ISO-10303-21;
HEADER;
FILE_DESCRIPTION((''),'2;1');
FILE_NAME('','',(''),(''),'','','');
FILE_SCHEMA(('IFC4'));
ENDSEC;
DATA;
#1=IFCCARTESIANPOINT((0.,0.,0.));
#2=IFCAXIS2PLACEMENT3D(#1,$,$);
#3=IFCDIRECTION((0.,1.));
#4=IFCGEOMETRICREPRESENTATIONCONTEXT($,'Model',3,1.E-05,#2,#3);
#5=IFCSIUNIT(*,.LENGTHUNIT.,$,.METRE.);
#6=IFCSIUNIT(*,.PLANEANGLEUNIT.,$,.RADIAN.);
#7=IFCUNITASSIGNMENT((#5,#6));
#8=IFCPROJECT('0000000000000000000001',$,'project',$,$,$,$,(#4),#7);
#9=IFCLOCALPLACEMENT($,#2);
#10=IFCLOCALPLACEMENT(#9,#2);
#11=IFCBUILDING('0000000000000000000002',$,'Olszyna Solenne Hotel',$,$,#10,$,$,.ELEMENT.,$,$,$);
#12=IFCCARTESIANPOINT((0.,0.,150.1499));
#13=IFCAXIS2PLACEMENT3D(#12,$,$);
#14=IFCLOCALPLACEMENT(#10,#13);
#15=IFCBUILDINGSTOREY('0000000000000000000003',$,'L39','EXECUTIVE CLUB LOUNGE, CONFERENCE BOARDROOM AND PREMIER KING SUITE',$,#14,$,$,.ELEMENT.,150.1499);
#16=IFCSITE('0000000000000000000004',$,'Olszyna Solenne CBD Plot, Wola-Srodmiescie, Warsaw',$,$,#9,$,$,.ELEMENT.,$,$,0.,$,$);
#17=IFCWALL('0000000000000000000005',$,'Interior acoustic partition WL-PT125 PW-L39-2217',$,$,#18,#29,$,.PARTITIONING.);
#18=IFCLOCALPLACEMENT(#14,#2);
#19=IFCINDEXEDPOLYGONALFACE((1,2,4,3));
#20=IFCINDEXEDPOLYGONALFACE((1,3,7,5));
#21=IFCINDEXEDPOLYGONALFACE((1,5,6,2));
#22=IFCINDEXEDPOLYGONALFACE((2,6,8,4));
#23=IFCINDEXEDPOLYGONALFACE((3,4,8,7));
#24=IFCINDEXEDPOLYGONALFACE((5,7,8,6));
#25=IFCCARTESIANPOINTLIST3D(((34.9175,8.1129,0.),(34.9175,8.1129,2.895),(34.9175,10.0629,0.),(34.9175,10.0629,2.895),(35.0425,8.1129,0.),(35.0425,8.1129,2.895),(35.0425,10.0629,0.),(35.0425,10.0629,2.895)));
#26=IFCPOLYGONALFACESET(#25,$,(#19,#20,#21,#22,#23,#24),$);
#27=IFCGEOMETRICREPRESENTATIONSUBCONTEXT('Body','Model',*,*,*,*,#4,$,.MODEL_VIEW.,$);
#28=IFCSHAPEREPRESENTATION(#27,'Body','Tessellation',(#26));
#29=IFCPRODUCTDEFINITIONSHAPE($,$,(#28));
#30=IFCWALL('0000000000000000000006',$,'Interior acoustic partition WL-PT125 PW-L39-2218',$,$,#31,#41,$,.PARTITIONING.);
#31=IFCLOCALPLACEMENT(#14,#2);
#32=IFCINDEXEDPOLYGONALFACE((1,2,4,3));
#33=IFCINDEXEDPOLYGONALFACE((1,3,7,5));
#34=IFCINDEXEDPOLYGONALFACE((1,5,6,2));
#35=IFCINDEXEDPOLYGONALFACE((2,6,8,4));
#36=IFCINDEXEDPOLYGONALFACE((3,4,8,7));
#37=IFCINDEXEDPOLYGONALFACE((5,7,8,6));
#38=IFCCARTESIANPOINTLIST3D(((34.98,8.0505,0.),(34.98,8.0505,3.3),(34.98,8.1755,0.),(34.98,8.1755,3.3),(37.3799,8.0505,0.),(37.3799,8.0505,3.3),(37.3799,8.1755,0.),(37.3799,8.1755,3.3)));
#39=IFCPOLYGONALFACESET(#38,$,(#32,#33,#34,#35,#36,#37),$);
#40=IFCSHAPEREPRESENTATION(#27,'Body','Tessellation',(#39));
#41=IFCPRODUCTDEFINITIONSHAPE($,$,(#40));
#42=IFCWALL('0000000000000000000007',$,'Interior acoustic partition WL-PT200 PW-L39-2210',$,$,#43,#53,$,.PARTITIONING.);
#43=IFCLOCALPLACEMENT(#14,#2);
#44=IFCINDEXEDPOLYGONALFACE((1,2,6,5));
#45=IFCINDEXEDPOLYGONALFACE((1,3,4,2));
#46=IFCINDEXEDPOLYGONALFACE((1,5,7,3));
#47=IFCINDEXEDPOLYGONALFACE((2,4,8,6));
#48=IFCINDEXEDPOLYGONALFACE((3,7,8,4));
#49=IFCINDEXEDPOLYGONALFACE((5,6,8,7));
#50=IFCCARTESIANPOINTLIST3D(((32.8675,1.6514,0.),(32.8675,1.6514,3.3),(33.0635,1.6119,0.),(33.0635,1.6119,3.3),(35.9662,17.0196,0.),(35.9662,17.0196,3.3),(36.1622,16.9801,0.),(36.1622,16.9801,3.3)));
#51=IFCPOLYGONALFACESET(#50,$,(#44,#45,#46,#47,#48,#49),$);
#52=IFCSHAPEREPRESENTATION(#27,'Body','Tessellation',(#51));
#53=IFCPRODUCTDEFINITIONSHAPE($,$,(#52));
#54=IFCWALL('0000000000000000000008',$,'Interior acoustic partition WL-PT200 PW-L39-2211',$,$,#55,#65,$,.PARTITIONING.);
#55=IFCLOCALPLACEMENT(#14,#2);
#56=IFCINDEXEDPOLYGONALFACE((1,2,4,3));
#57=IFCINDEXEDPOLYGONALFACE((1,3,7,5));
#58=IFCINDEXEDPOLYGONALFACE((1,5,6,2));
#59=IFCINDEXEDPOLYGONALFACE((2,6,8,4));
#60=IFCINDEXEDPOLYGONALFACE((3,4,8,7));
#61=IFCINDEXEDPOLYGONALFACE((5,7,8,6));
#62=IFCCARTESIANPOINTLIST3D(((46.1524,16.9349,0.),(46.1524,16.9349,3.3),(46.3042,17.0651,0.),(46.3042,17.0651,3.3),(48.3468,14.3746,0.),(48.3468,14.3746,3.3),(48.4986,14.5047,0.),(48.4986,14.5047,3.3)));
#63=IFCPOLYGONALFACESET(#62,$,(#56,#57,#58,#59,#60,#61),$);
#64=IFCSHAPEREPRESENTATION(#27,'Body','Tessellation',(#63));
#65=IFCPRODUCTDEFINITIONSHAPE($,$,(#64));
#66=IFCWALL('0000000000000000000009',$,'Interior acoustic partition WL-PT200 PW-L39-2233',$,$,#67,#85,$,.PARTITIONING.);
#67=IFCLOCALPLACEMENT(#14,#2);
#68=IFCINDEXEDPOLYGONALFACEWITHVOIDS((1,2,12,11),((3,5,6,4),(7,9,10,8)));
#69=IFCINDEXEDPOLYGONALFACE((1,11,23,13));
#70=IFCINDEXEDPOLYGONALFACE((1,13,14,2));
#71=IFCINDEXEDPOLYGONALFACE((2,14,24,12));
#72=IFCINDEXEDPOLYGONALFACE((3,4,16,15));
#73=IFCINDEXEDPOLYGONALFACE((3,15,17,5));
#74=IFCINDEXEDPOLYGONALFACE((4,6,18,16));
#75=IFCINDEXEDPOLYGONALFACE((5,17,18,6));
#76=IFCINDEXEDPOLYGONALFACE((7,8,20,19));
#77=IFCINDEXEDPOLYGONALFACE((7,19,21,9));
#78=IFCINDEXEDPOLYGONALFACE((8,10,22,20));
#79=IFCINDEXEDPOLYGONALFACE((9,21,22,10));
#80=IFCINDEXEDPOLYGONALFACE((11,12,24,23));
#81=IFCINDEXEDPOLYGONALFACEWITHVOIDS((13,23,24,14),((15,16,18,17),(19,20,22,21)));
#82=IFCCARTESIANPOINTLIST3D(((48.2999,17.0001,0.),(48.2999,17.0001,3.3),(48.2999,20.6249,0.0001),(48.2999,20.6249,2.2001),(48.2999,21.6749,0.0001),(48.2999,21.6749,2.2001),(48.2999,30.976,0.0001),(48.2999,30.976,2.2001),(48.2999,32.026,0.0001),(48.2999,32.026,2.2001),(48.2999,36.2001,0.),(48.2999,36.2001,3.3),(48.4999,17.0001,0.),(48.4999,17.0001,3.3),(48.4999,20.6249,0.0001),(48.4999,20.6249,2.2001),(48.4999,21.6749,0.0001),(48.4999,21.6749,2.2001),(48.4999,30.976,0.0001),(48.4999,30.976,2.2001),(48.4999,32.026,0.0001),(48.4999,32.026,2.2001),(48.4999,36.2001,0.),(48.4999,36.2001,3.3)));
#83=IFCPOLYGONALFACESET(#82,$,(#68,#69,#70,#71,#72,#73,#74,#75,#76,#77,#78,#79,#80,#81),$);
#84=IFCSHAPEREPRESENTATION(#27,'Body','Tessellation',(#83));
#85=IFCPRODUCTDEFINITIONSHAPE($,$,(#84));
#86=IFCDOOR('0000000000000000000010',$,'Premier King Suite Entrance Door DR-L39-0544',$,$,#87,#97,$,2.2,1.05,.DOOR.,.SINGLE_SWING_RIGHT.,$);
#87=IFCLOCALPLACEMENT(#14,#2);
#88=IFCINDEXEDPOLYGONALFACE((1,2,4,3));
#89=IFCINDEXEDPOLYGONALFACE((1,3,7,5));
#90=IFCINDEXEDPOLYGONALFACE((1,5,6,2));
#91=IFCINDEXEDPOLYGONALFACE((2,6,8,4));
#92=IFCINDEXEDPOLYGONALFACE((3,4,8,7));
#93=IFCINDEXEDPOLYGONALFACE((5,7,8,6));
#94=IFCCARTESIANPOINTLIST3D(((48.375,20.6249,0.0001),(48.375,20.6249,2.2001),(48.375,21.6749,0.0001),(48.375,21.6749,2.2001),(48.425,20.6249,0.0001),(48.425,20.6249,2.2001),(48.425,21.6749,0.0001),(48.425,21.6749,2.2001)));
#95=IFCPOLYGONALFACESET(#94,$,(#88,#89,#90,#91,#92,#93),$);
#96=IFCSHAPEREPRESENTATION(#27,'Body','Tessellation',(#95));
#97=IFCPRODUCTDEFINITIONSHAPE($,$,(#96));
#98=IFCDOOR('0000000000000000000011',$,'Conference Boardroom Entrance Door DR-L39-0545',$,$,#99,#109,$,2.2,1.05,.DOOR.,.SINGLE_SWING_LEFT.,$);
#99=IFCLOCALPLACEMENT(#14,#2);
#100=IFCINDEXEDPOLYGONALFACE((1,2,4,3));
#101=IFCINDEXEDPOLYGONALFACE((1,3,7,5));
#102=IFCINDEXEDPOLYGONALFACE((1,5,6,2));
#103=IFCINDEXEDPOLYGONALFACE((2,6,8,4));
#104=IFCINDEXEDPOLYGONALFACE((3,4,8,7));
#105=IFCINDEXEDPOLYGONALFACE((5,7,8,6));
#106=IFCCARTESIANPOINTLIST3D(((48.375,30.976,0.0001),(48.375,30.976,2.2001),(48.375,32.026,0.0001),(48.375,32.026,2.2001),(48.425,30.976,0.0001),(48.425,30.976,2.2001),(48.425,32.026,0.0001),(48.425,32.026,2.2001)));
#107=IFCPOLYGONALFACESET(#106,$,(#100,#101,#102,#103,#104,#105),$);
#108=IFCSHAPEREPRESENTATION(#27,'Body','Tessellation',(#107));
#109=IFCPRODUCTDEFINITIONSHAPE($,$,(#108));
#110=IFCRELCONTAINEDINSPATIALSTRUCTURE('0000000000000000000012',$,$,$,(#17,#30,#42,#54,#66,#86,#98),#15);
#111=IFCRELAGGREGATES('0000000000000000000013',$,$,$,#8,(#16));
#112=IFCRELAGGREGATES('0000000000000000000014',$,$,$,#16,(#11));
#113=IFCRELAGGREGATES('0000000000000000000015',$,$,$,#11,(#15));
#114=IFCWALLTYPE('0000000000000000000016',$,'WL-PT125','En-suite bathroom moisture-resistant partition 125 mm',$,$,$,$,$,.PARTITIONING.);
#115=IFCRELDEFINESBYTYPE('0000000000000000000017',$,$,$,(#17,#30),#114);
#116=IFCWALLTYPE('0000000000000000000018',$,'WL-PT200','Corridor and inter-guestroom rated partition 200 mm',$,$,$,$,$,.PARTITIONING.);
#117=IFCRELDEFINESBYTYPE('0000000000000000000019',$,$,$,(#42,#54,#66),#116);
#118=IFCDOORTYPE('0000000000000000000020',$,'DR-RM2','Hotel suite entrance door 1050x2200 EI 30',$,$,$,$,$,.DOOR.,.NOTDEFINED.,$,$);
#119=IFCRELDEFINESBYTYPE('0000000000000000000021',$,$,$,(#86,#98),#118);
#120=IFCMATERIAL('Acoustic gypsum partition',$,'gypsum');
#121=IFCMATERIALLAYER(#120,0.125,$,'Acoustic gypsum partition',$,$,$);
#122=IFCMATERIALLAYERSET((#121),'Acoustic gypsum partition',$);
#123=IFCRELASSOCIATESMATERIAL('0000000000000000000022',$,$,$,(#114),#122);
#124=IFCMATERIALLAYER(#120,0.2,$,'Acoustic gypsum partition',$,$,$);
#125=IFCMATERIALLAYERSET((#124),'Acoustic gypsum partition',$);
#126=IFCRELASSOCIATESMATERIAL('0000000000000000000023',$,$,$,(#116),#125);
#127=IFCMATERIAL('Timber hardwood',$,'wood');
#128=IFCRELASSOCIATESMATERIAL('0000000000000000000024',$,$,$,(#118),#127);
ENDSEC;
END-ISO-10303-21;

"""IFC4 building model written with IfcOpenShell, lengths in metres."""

from ifc_helpers import new_model, si_unit, direction, frame, frame_2d, origin, place, context, subcontext, project, spatial, rectangle, extrude, source, transform, mapped, material, layer, layer_set, type_object, type_shapes, element, fill, save


model = new_model("IFC4")

# Units and contexts
model_context = context("Model", 3, precision=1e-05, world=origin(), true_north=direction((0.0, 1.0)))
body_context = subcontext(model_context, "Body", "Model", "MODEL_VIEW")
ifc_project = project(units=[si_unit("LENGTHUNIT", "METRE"), si_unit("PLANEANGLEUNIT", "RADIAN")], contexts=[model_context])

# Site, building, storey
site_placement = place(None, origin())
site = spatial("IfcSite", under=ifc_project, at=site_placement, Name="Olszyna Solenne CBD Plot, Wola-Srodmiescie, Warsaw", CompositionType="ELEMENT", RefElevation=0.0)
building_placement = place(site_placement, origin())
building = spatial("IfcBuilding", under=site, at=building_placement, Name="Olszyna Solenne Hotel", CompositionType="ELEMENT")
storey_placement = place(building_placement, frame((0.0, 0.0, 150.1499)))
storey = spatial("IfcBuildingStorey", under=building, at=storey_placement, Name="L39", Description="EXECUTIVE CLUB LOUNGE, CONFERENCE BOARDROOM AND PREMIER KING SUITE", CompositionType="ELEMENT", Elevation=150.1499)

# Shared definitions
ifc_material_1 = material(Name="Acoustic gypsum partition", Category="gypsum")
ifc_layer_1 = layer(ifc_material_1, 0.125, Name="Acoustic gypsum partition")
ifc_layer_set_1 = layer_set([ifc_layer_1], Name="Acoustic gypsum partition")
wall_type_1 = type_object("IfcWallType", Name="WL-PT125", Description="En-suite bathroom moisture-resistant partition 125 mm", PredefinedType="PARTITIONING", material=ifc_layer_set_1)
ifc_material_2 = material(Name="Timber hardwood", Category="wood")

# Walls
wall_1_placement = place(storey_placement, frame((34.98, 10.063, 0.0), z_axis=(0.0, 0.0, 1.0), x_axis=(0.0, -1.0, 0.0)))
element("IfcWall", 1, at=wall_1_placement, inside=storey, type_object=wall_type_1, Name="Interior acoustic partition WL-PT125 PW-L39-2217", PredefinedType="PARTITIONING", context=body_context, shape_type="SweptSolid", body=[
    extrude(rectangle(XDim=1.95, YDim=0.125, at=frame_2d((0.9751, 0.0))), origin(), (0.0, 0.0, 1.0), 2.895),
])
wall_2_placement = place(storey_placement, frame((34.98, 8.113, 0.0), z_axis=(0.0, 0.0, 1.0), x_axis=(1.0, 0.0, 0.0)))
element("IfcWall", 2, at=wall_2_placement, inside=storey, type_object=wall_type_1, Name="Interior acoustic partition WL-PT125 PW-L39-2218", PredefinedType="PARTITIONING", context=body_context, shape_type="SweptSolid", body=[
    extrude(rectangle(XDim=2.3999, YDim=0.125, at=frame_2d((1.2, 0.0))), origin(), (0.0, 0.0, 1.0), 3.3),
])
ifc_layer_2 = layer(ifc_material_1, 0.2, Name="Acoustic gypsum partition")
ifc_layer_set_2 = layer_set([ifc_layer_2], Name="Acoustic gypsum partition")
wall_type_2 = type_object("IfcWallType", Name="WL-PT200", Description="Corridor and inter-guestroom rated partition 200 mm", PredefinedType="PARTITIONING", material=ifc_layer_set_2)
wall_3_placement = place(storey_placement, frame((36.0642, 17.0, 0.0), z_axis=(0.0, 0.0, 1.0), x_axis=(-0.197649, -0.980273, 0.0)))
element("IfcWall", 3, at=wall_3_placement, inside=storey, type_object=wall_type_2, Name="Interior acoustic partition WL-PT200 PW-L39-2210", PredefinedType="PARTITIONING", context=body_context, shape_type="SweptSolid", body=[
    extrude(rectangle(XDim=15.6775, YDim=0.2, at=frame_2d((7.8389, 0.0))), origin(), (0.0, 0.0, 1.0), 3.3),
])
wall_4_placement = place(storey_placement, frame((46.2283, 17.0, 0.0), z_axis=(0.0, 0.0, 1.0), x_axis=(0.650756, -0.759287, 0.0)))
element("IfcWall", 4, at=wall_4_placement, inside=storey, type_object=wall_type_2, Name="Interior acoustic partition WL-PT200 PW-L39-2211", PredefinedType="PARTITIONING", context=body_context, shape_type="SweptSolid", body=[
    extrude(rectangle(XDim=3.3721, YDim=0.2, at=frame_2d((1.686, 0.0))), origin(), (0.0, 0.0, 1.0), 3.3),
])

# Wall, openings, doors
wall_5_placement = place(storey_placement, frame((48.3999, 17.0, 0.0), z_axis=(0.0, 0.0, 1.0), x_axis=(0.0, 1.0, 0.0)))
wall_5 = element("IfcWall", 5, at=wall_5_placement, inside=storey, type_object=wall_type_2, Name="Interior acoustic partition WL-PT200 PW-L39-2233", PredefinedType="PARTITIONING", context=body_context, shape_type="SweptSolid", body=[
    extrude(rectangle(XDim=19.2, YDim=0.2, at=frame_2d((9.6001, 0.0))), origin(), (0.0, 0.0, 1.0), 3.3),
])
opening_1_placement = place(wall_5_placement, frame((3.625, 0.0, 0.0)))
opening_1 = element("IfcOpeningElement", 6, at=opening_1_placement, cuts=wall_5, PredefinedType="OPENING", context=body_context, shape_type="SweptSolid", body=[
    extrude(rectangle(XDim=1.05, YDim=2.2, at=frame_2d((0.5249, 1.1001))), frame((0.0, 0.1099, 0.0), z_axis=(0.0, -1.0, 0.0), x_axis=(1.0, 0.0, 0.0)), (0.0, 0.0, 1.0), 0.22),
])
opening_2_placement = place(wall_5_placement, frame((13.9761, 0.0, 0.0)))
opening_2 = element("IfcOpeningElement", 7, at=opening_2_placement, cuts=wall_5, PredefinedType="OPENING", context=body_context, shape_type="SweptSolid", body=[
    extrude(rectangle(XDim=1.05, YDim=2.2, at=frame_2d((0.5249, 1.1001))), frame((0.0, 0.1099, 0.0), z_axis=(0.0, -1.0, 0.0), x_axis=(1.0, 0.0, 0.0)), (0.0, 0.0, 1.0), 0.22),
])
door_type_1 = type_object("IfcDoorType", Name="DR-RM2", Description="Hotel suite entrance door 1050x2200 EI 30", OperationType="NOTDEFINED", PredefinedType="DOOR", material=ifc_material_2)
shared_shape_1 = source(origin(), body_context, "Body", "SweptSolid", [
    extrude(rectangle(XDim=1.05, YDim=2.2, at=frame_2d((0.5249, 1.1001))), frame((0.0, 0.0249, 0.0), z_axis=(0.0, -1.0, 0.0), x_axis=(1.0, 0.0, 0.0)), (0.0, 0.0, 1.0), 0.05),
])
type_shapes(door_type_1, [shared_shape_1])
door_1_placement = place(opening_1_placement, origin())
door_1 = element("IfcDoor", 8, at=door_1_placement, inside=storey, type_object=door_type_1, Name="Premier King Suite Entrance Door DR-L39-0544", OperationType="SINGLE_SWING_RIGHT", OverallHeight=2.2, OverallWidth=1.05, PredefinedType="DOOR", context=body_context, shape_type="MappedRepresentation", body=[
    mapped(shared_shape_1, transform((0.0, 0.0, 0.0), x_axis=(1.0, 0.0, 0.0), y_axis=(0.0, 1.0, 0.0), z_axis=(0.0, 0.0, 1.0), scale=1.0)),
])
fill(opening_1, door_1)
door_2_placement = place(opening_2_placement, origin())
door_2 = element("IfcDoor", 9, at=door_2_placement, inside=storey, type_object=door_type_1, Name="Conference Boardroom Entrance Door DR-L39-0545", OperationType="SINGLE_SWING_LEFT", OverallHeight=2.2, OverallWidth=1.05, PredefinedType="DOOR", context=body_context, shape_type="MappedRepresentation", body=[
    mapped(shared_shape_1, transform((0.0, 0.0, 0.0), x_axis=(1.0, 0.0, 0.0), y_axis=(0.0, 1.0, 0.0), z_axis=(0.0, 0.0, 1.0), scale=1.0)),
])
fill(opening_2, door_2)

save(model, "model.ifc")
